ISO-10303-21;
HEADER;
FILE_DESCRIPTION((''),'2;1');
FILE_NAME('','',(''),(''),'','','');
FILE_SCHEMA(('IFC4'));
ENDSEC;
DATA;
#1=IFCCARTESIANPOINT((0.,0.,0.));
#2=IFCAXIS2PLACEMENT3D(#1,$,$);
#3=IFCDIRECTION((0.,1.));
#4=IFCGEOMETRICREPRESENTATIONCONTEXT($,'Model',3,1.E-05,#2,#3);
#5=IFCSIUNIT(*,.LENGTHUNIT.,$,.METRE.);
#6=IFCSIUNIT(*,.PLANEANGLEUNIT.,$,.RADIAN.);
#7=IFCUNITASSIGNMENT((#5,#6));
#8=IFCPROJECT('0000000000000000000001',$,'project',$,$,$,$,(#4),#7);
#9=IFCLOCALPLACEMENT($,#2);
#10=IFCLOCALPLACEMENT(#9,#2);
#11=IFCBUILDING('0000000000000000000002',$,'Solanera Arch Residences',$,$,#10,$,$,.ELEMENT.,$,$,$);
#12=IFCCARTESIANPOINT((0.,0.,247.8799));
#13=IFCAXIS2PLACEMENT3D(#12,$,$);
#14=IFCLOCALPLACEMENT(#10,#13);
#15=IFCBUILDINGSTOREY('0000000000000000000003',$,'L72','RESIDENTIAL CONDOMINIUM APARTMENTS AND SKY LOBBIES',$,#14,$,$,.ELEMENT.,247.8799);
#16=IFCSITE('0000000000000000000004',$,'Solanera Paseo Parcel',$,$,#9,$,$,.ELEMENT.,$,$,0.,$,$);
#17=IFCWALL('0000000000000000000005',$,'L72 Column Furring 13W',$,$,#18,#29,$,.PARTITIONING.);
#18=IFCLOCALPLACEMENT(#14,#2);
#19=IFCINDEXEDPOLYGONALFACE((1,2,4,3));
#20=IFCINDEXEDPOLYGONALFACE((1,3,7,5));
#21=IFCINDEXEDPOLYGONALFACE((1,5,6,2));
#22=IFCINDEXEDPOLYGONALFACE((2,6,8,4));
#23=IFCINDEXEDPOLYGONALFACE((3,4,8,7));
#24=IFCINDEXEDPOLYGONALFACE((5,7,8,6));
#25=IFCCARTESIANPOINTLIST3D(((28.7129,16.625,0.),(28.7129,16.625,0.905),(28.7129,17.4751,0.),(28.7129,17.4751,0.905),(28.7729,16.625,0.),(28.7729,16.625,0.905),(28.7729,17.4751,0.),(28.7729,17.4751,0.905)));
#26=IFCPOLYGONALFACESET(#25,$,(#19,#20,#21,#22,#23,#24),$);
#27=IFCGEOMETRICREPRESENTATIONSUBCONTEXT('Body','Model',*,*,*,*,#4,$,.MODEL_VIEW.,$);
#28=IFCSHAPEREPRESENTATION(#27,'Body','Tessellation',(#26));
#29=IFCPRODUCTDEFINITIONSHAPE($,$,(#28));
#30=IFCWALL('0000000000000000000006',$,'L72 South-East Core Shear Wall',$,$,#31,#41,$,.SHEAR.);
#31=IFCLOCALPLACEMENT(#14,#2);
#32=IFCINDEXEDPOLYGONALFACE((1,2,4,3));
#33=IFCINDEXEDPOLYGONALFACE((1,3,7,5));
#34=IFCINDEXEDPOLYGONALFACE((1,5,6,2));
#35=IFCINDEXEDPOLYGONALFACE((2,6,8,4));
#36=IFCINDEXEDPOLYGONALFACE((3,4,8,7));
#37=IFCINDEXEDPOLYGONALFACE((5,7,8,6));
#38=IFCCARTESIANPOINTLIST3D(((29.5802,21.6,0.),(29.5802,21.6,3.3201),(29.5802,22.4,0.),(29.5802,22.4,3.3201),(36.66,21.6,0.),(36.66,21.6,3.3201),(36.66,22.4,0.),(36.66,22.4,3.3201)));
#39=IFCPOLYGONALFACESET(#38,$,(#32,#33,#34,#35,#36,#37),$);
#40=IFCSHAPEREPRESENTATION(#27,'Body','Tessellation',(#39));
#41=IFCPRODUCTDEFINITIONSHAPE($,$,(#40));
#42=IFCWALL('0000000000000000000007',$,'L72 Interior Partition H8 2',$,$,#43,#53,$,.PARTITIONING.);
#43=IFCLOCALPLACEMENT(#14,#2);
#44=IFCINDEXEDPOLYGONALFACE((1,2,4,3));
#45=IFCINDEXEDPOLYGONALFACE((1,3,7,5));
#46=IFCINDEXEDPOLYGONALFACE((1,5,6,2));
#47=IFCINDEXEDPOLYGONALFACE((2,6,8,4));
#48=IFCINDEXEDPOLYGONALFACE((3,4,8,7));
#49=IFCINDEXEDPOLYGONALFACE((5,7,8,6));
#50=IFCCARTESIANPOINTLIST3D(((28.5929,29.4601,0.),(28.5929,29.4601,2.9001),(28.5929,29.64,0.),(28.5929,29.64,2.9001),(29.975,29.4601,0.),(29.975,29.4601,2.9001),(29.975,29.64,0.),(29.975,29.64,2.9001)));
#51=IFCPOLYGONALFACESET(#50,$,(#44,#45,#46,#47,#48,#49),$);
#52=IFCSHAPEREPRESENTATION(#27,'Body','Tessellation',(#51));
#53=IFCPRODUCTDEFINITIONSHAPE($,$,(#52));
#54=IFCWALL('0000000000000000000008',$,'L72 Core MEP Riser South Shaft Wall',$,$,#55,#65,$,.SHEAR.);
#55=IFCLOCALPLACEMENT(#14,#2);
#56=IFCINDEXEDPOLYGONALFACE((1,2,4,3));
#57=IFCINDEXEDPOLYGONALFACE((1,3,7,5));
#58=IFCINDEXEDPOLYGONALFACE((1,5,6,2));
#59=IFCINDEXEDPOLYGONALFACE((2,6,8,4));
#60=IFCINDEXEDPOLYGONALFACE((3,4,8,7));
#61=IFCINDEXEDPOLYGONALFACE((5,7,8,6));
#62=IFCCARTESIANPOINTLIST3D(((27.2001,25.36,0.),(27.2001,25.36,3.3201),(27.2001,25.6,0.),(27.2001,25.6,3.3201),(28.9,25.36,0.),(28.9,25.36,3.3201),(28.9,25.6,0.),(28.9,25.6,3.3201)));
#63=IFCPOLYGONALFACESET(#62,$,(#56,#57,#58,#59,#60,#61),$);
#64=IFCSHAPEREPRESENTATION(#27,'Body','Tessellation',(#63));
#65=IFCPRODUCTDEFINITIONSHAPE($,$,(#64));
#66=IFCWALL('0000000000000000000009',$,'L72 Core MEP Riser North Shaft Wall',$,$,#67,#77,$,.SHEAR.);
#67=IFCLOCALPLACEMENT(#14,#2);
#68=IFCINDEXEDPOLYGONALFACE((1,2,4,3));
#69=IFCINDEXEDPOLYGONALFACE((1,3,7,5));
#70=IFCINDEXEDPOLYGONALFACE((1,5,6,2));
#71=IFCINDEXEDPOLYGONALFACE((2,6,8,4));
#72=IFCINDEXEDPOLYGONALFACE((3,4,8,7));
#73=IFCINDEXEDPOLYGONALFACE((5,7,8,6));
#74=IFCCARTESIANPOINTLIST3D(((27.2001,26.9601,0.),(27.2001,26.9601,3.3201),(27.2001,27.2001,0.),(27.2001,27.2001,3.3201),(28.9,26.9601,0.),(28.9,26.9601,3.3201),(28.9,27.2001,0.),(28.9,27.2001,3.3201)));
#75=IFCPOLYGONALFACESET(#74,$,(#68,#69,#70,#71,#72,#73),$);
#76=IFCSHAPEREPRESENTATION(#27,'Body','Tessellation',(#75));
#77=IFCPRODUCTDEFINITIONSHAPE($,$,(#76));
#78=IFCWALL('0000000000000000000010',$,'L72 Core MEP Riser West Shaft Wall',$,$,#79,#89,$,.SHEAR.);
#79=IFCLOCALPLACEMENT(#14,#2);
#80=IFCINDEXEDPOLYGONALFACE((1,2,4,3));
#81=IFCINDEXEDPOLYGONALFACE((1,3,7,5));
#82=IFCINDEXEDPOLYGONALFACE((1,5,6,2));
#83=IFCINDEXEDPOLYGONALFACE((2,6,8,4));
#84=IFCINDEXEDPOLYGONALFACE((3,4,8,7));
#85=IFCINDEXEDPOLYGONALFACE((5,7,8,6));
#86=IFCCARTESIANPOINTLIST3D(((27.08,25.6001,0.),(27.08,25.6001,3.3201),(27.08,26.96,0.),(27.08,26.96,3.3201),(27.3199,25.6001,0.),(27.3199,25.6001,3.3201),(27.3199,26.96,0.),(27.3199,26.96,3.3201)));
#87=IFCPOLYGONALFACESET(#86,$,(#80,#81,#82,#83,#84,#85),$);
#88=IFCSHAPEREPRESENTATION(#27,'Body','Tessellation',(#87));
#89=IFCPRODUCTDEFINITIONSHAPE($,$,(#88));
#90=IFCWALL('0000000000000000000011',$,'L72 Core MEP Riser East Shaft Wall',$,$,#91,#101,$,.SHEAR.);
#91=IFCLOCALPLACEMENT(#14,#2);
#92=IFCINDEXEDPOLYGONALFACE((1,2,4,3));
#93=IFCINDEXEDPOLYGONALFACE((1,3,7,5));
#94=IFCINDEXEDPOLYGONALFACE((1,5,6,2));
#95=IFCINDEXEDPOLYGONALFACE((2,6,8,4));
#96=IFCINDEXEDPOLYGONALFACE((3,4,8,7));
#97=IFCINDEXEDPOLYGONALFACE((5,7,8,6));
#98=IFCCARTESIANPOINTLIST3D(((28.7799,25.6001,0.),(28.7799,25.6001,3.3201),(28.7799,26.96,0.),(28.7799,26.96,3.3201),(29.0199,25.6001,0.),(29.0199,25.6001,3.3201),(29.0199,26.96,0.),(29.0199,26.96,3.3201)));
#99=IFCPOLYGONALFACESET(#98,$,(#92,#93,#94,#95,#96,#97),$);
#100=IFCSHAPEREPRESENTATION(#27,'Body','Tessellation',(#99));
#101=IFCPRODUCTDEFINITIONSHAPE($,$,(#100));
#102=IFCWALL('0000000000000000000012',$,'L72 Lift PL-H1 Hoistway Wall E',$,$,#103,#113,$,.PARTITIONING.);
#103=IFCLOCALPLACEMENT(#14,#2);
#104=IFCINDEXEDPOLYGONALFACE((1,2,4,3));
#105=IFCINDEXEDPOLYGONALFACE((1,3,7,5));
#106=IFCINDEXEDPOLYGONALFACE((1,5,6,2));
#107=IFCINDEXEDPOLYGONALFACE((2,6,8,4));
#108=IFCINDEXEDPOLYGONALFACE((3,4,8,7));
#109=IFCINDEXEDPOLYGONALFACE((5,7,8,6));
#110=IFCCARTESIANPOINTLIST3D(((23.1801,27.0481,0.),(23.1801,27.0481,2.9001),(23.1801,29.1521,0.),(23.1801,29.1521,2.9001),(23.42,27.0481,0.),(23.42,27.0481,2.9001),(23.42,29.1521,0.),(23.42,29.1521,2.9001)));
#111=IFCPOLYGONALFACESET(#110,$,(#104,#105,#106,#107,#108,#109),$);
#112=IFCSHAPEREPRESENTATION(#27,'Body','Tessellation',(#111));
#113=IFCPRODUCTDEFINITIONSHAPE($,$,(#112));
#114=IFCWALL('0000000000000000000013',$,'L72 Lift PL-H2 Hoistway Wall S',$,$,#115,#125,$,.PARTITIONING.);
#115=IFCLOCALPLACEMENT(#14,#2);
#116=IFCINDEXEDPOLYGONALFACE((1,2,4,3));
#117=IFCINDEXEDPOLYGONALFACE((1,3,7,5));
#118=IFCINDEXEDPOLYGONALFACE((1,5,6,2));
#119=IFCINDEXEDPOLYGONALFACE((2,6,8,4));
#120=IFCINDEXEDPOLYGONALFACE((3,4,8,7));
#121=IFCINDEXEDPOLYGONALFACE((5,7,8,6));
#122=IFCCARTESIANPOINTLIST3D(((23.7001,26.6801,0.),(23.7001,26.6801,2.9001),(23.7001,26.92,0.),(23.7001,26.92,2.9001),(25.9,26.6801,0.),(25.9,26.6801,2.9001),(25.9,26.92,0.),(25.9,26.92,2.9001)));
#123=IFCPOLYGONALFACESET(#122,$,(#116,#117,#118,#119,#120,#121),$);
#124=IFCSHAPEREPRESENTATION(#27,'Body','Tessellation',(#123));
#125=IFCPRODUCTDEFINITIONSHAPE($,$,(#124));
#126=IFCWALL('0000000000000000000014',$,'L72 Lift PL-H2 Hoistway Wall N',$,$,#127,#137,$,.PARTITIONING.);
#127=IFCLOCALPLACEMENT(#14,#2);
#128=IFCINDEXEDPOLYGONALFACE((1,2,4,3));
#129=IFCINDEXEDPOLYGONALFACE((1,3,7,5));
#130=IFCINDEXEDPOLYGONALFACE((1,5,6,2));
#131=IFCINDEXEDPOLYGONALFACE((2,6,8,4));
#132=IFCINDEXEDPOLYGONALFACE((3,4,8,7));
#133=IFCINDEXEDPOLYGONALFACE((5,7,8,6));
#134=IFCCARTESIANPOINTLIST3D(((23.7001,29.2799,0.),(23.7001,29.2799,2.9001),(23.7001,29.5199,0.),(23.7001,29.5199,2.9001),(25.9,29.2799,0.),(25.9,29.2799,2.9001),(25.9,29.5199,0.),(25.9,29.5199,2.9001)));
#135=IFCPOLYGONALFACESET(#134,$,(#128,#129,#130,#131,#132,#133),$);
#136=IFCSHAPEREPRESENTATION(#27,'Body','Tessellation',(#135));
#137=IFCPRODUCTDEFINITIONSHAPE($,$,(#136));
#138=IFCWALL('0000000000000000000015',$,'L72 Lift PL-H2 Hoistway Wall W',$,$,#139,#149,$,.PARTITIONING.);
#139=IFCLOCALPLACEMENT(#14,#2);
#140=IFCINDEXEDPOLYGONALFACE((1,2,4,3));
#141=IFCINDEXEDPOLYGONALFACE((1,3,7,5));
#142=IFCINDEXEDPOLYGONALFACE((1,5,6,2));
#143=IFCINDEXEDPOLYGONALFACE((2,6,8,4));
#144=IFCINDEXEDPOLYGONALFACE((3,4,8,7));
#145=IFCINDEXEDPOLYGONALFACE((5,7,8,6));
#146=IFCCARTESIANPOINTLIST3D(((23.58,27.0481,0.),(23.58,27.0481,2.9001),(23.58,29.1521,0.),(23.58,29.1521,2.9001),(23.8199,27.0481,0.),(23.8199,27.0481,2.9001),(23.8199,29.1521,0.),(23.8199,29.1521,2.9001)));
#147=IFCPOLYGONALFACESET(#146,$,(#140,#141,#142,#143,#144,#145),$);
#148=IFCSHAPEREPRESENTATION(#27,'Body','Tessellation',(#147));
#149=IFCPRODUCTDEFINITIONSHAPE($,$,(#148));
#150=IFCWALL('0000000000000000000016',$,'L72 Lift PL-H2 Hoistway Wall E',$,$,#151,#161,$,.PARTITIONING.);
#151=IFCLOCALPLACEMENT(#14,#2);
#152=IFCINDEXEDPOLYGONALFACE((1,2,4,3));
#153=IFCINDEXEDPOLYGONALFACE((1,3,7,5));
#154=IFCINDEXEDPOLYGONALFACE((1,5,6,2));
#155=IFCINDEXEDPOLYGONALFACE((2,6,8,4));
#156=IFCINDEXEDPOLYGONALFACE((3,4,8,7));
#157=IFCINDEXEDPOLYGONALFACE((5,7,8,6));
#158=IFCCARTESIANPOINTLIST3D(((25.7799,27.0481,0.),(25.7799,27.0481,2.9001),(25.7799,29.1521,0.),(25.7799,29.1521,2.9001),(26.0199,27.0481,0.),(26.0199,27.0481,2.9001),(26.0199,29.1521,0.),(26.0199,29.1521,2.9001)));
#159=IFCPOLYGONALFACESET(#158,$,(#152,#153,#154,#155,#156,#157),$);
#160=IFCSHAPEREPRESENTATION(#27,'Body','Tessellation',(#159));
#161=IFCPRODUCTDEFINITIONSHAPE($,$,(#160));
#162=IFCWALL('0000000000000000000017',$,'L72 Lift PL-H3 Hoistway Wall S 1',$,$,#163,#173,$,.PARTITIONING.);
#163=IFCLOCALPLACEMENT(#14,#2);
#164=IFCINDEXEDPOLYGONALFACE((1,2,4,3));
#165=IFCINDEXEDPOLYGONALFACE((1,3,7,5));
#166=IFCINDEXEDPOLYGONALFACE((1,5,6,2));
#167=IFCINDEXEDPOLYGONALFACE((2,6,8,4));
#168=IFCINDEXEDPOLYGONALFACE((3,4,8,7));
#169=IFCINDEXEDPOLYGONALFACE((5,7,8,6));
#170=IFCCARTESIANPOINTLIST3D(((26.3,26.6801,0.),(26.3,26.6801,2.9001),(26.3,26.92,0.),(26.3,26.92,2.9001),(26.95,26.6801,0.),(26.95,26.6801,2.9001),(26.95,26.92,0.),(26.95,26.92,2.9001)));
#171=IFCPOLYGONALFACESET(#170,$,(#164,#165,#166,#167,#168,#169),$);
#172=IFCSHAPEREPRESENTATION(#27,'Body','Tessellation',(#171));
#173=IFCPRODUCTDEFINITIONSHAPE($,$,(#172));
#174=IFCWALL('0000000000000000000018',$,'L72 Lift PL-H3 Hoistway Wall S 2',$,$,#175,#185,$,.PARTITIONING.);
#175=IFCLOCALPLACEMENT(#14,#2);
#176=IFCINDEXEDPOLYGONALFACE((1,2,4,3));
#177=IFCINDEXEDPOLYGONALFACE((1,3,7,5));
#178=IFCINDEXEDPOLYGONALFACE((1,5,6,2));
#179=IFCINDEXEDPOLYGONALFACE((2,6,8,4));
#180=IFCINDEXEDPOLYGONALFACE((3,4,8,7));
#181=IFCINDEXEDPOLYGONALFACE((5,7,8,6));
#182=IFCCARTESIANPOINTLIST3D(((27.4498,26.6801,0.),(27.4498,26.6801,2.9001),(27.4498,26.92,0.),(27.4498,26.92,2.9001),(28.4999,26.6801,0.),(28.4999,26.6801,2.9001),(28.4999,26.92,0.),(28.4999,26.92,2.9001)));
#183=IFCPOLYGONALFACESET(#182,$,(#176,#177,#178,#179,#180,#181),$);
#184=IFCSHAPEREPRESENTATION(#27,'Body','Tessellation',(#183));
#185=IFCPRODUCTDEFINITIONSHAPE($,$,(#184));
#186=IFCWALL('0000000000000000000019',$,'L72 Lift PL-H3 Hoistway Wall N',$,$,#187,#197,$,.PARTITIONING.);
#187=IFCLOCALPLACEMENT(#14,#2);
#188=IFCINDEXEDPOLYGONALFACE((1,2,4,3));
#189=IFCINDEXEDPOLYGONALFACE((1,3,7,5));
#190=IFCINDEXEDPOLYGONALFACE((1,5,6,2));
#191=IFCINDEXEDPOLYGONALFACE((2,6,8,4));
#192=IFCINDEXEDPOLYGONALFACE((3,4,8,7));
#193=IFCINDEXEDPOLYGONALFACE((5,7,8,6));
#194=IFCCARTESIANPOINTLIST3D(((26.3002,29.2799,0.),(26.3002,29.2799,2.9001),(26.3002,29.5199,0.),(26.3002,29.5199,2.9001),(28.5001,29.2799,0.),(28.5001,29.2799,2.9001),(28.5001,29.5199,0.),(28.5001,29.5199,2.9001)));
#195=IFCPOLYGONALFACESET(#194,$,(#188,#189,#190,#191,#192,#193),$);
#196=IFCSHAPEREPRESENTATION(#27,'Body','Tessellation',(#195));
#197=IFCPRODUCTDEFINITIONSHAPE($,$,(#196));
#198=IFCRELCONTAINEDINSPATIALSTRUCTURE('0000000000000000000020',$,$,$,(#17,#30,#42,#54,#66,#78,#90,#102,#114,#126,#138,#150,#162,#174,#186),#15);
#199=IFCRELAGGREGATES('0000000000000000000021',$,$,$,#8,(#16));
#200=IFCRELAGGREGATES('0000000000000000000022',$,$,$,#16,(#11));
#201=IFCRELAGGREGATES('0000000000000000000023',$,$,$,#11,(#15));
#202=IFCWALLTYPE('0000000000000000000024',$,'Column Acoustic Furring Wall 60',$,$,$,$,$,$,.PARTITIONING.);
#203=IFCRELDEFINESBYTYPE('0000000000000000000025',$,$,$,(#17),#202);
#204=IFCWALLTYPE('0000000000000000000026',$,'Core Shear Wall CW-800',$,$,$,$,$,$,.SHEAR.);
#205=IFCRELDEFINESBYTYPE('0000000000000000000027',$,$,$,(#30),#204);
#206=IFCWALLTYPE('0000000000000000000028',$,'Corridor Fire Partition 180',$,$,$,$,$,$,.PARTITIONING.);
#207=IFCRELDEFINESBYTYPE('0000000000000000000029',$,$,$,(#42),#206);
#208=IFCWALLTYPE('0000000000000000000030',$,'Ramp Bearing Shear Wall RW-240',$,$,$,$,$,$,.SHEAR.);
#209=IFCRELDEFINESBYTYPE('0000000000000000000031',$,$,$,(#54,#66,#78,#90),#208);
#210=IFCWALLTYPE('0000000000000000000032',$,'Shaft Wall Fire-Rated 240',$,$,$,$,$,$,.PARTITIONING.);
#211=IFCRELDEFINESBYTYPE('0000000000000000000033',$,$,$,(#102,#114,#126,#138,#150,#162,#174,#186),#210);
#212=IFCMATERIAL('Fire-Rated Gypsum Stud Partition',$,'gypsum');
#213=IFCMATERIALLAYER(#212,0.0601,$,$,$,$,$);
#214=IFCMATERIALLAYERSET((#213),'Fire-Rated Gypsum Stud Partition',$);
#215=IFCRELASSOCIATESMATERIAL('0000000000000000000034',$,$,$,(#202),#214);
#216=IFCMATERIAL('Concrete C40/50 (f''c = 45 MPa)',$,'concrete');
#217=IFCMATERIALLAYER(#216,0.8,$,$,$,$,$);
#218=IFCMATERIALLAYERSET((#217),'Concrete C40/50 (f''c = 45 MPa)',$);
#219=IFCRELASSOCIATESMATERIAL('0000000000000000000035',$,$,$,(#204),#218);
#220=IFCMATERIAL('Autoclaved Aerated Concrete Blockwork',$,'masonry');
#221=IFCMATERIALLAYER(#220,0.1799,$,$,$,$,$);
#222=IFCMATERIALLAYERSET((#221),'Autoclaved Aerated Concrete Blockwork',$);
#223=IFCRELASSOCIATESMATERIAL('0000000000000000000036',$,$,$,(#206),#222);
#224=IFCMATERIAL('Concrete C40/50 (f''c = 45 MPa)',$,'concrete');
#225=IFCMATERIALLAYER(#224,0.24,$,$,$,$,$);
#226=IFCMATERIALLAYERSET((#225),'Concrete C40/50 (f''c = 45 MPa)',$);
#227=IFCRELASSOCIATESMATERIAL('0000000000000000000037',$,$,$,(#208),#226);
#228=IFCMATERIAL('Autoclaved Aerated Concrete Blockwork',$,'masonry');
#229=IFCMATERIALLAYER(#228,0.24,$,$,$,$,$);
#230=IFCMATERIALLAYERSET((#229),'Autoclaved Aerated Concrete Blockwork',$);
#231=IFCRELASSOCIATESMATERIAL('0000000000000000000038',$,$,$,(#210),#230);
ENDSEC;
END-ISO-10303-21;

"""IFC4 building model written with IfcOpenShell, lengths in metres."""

from ifc_helpers import new_model, si_unit, direction, frame, frame_2d, origin, place, context, subcontext, project, spatial, rectangle, extrude, material, layer, layer_set, type_object, element, save


model = new_model("IFC4")

# Units and contexts
model_context = context("Model", 3, precision=1e-05, world=origin(), true_north=direction((0.0, 1.0)))
body_context = subcontext(model_context, "Body", "Model", "MODEL_VIEW")
ifc_project = project(units=[si_unit("LENGTHUNIT", "METRE"), si_unit("PLANEANGLEUNIT", "RADIAN")], contexts=[model_context])

# Site, building, storey
site_placement = place(None, origin())
site = spatial("IfcSite", under=ifc_project, at=site_placement, Name="Solanera Paseo Parcel", CompositionType="ELEMENT", RefElevation=0.0)
building_placement = place(site_placement, origin())
building = spatial("IfcBuilding", under=site, at=building_placement, Name="Solanera Arch Residences", CompositionType="ELEMENT")
storey_placement = place(building_placement, frame((0.0, 0.0, 247.8799)))
storey = spatial("IfcBuildingStorey", under=building, at=storey_placement, Name="L72", Description="RESIDENTIAL CONDOMINIUM APARTMENTS AND SKY LOBBIES", CompositionType="ELEMENT", Elevation=247.8799)

# Walls
ifc_material_1 = material(Name="Fire-Rated Gypsum Stud Partition", Category="gypsum")
ifc_layer_1 = layer(ifc_material_1, 0.0601)
ifc_layer_set_1 = layer_set([ifc_layer_1], Name="Fire-Rated Gypsum Stud Partition")
wall_type_1 = type_object("IfcWallType", Name="Column Acoustic Furring Wall 60", PredefinedType="PARTITIONING", material=ifc_layer_set_1)
wall_1_placement = place(storey_placement, frame((28.7429, 16.625, 0.0), z_axis=(0.0, 0.0, 1.0), x_axis=(0.0, 1.0, 0.0)))
element("IfcWall", 1, at=wall_1_placement, inside=storey, type_object=wall_type_1, Name="L72 Column Furring 13W", PredefinedType="PARTITIONING", context=body_context, shape_type="SweptSolid", body=[
    extrude(rectangle(XDim=0.8501, YDim=0.0601, at=frame_2d((0.425, 0.0))), origin(), (0.0, 0.0, 1.0), 0.905),
])
ifc_material_2 = material(Name="Concrete C40/50 (f'c = 45 MPa)", Category="concrete")
ifc_layer_2 = layer(ifc_material_2, 0.8)
ifc_layer_set_2 = layer_set([ifc_layer_2], Name="Concrete C40/50 (f'c = 45 MPa)")
wall_type_2 = type_object("IfcWallType", Name="Core Shear Wall CW-800", PredefinedType="SHEAR", material=ifc_layer_set_2)
wall_2_placement = place(storey_placement, frame((29.5801, 22.0, 0.0), z_axis=(0.0, 0.0, 1.0), x_axis=(1.0, 0.0, 0.0)))
element("IfcWall", 2, at=wall_2_placement, inside=storey, type_object=wall_type_2, Name="L72 South-East Core Shear Wall", PredefinedType="SHEAR", context=body_context, shape_type="SweptSolid", body=[
    extrude(rectangle(XDim=7.0798, YDim=0.8, at=frame_2d((3.54, 0.0))), origin(), (0.0, 0.0, 1.0), 3.3201),
])
ifc_material_3 = material(Name="Autoclaved Aerated Concrete Blockwork", Category="masonry")
ifc_layer_3 = layer(ifc_material_3, 0.1799)
ifc_layer_set_3 = layer_set([ifc_layer_3], Name="Autoclaved Aerated Concrete Blockwork")
wall_type_3 = type_object("IfcWallType", Name="Corridor Fire Partition 180", PredefinedType="PARTITIONING", material=ifc_layer_set_3)
wall_3_placement = place(storey_placement, frame((28.593, 29.55, 0.0), z_axis=(0.0, 0.0, 1.0), x_axis=(1.0, 0.0, 0.0)))
element("IfcWall", 3, at=wall_3_placement, inside=storey, type_object=wall_type_3, Name="L72 Interior Partition H8 2", PredefinedType="PARTITIONING", context=body_context, shape_type="SweptSolid", body=[
    extrude(rectangle(XDim=1.3821, YDim=0.1799, at=frame_2d((0.6909, 0.0))), origin(), (0.0, 0.0, 1.0), 2.9001),
])
ifc_material_4 = material(Name="Concrete C40/50 (f'c = 45 MPa)", Category="concrete")
ifc_layer_4 = layer(ifc_material_4, 0.24)
ifc_layer_set_4 = layer_set([ifc_layer_4], Name="Concrete C40/50 (f'c = 45 MPa)")
wall_type_4 = type_object("IfcWallType", Name="Ramp Bearing Shear Wall RW-240", PredefinedType="SHEAR", material=ifc_layer_set_4)
for number, where, z_axis, x_axis, name in (
    (4, (27.2, 25.48, 0.0), (0.0, 0.0, 1.0), (1.0, 0.0, 0.0), "L72 Core MEP Riser South Shaft Wall"),
    (5, (27.2, 27.0801, 0.0), (0.0, 0.0, 1.0), (1.0, 0.0, 0.0), "L72 Core MEP Riser North Shaft Wall"),
):
    element("IfcWall", number, at=place(storey_placement, frame(where, z_axis=z_axis, x_axis=x_axis)), inside=storey, type_object=wall_type_4, Name=name, PredefinedType="SHEAR", context=body_context, shape_type="SweptSolid", body=[
        extrude(rectangle(XDim=1.7, YDim=0.24, at=frame_2d((0.8501, 0.0))), origin(), (0.0, 0.0, 1.0), 3.3201),
    ])
for number, where, z_axis, x_axis, name in (
    (6, (27.2, 25.6001, 0.0), (0.0, 0.0, 1.0), (0.0, 1.0, 0.0), "L72 Core MEP Riser West Shaft Wall"),
    (7, (28.8999, 25.6001, 0.0), (0.0, 0.0, 1.0), (0.0, 1.0, 0.0), "L72 Core MEP Riser East Shaft Wall"),
):
    element("IfcWall", number, at=place(storey_placement, frame(where, z_axis=z_axis, x_axis=x_axis)), inside=storey, type_object=wall_type_4, Name=name, PredefinedType="SHEAR", context=body_context, shape_type="SweptSolid", body=[
        extrude(rectangle(XDim=1.3599, YDim=0.24, at=frame_2d((0.6799, 0.0))), origin(), (0.0, 0.0, 1.0), 3.3201),
    ])
ifc_material_5 = material(Name="Autoclaved Aerated Concrete Blockwork", Category="masonry")
ifc_layer_5 = layer(ifc_material_5, 0.24)
ifc_layer_set_5 = layer_set([ifc_layer_5], Name="Autoclaved Aerated Concrete Blockwork")
wall_type_5 = type_object("IfcWallType", Name="Shaft Wall Fire-Rated 240", PredefinedType="PARTITIONING", material=ifc_layer_set_5)
wall_4_placement = place(storey_placement, frame((23.3, 27.0481, 0.0), z_axis=(0.0, 0.0, 1.0), x_axis=(0.0, 1.0, 0.0)))
element("IfcWall", 8, at=wall_4_placement, inside=storey, type_object=wall_type_5, Name="L72 Lift PL-H1 Hoistway Wall E", PredefinedType="PARTITIONING", context=body_context, shape_type="SweptSolid", body=[
    extrude(rectangle(XDim=2.104, YDim=0.24, at=frame_2d((1.052, 0.0))), origin(), (0.0, 0.0, 1.0), 2.9001),
])
for number, where, z_axis, x_axis, name in (
    (9, (23.7, 26.8, 0.0), (0.0, 0.0, 1.0), (1.0, 0.0, 0.0), "L72 Lift PL-H2 Hoistway Wall S"),
    (10, (23.7, 29.3999, 0.0), (0.0, 0.0, 1.0), (1.0, 0.0, 0.0), "L72 Lift PL-H2 Hoistway Wall N"),
):
    element("IfcWall", number, at=place(storey_placement, frame(where, z_axis=z_axis, x_axis=x_axis)), inside=storey, type_object=wall_type_5, Name=name, PredefinedType="PARTITIONING", context=body_context, shape_type="SweptSolid", body=[
        extrude(rectangle(XDim=2.2, YDim=0.24, at=frame_2d((1.1001, 0.0))), origin(), (0.0, 0.0, 1.0), 2.9001),
    ])
for number, where, z_axis, x_axis, name in (
    (11, (23.7, 27.0481, 0.0), (0.0, 0.0, 1.0), (0.0, 1.0, 0.0), "L72 Lift PL-H2 Hoistway Wall W"),
    (12, (25.8999, 27.0481, 0.0), (0.0, 0.0, 1.0), (0.0, 1.0, 0.0), "L72 Lift PL-H2 Hoistway Wall E"),
):
    element("IfcWall", number, at=place(storey_placement, frame(where, z_axis=z_axis, x_axis=x_axis)), inside=storey, type_object=wall_type_5, Name=name, PredefinedType="PARTITIONING", context=body_context, shape_type="SweptSolid", body=[
        extrude(rectangle(XDim=2.104, YDim=0.24, at=frame_2d((1.052, 0.0))), origin(), (0.0, 0.0, 1.0), 2.9001),
    ])
wall_5_placement = place(storey_placement, frame((26.3, 26.8, 0.0), z_axis=(0.0, 0.0, 1.0), x_axis=(1.0, 0.0, 0.0)))
element("IfcWall", 13, at=wall_5_placement, inside=storey, type_object=wall_type_5, Name="L72 Lift PL-H3 Hoistway Wall S 1", PredefinedType="PARTITIONING", context=body_context, shape_type="SweptSolid", body=[
    extrude(rectangle(XDim=0.6499, YDim=0.24, at=frame_2d((0.325, 0.0))), origin(), (0.0, 0.0, 1.0), 2.9001),
])
wall_6_placement = place(storey_placement, frame((27.45, 26.8, 0.0), z_axis=(0.0, 0.0, 1.0), x_axis=(1.0, 0.0, 0.0)))
element("IfcWall", 14, at=wall_6_placement, inside=storey, type_object=wall_type_5, Name="L72 Lift PL-H3 Hoistway Wall S 2", PredefinedType="PARTITIONING", context=body_context, shape_type="SweptSolid", body=[
    extrude(rectangle(XDim=1.05, YDim=0.24, at=frame_2d((0.5249, 0.0))), origin(), (0.0, 0.0, 1.0), 2.9001),
])
wall_7_placement = place(storey_placement, frame((26.3, 29.3999, 0.0), z_axis=(0.0, 0.0, 1.0), x_axis=(1.0, 0.0, 0.0)))
element("IfcWall", 15, at=wall_7_placement, inside=storey, type_object=wall_type_5, Name="L72 Lift PL-H3 Hoistway Wall N", PredefinedType="PARTITIONING", context=body_context, shape_type="SweptSolid", body=[
    extrude(rectangle(XDim=2.2, YDim=0.24, at=frame_2d((1.1001, 0.0))), origin(), (0.0, 0.0, 1.0), 2.9001),
])

save(model, "model.ifc")
